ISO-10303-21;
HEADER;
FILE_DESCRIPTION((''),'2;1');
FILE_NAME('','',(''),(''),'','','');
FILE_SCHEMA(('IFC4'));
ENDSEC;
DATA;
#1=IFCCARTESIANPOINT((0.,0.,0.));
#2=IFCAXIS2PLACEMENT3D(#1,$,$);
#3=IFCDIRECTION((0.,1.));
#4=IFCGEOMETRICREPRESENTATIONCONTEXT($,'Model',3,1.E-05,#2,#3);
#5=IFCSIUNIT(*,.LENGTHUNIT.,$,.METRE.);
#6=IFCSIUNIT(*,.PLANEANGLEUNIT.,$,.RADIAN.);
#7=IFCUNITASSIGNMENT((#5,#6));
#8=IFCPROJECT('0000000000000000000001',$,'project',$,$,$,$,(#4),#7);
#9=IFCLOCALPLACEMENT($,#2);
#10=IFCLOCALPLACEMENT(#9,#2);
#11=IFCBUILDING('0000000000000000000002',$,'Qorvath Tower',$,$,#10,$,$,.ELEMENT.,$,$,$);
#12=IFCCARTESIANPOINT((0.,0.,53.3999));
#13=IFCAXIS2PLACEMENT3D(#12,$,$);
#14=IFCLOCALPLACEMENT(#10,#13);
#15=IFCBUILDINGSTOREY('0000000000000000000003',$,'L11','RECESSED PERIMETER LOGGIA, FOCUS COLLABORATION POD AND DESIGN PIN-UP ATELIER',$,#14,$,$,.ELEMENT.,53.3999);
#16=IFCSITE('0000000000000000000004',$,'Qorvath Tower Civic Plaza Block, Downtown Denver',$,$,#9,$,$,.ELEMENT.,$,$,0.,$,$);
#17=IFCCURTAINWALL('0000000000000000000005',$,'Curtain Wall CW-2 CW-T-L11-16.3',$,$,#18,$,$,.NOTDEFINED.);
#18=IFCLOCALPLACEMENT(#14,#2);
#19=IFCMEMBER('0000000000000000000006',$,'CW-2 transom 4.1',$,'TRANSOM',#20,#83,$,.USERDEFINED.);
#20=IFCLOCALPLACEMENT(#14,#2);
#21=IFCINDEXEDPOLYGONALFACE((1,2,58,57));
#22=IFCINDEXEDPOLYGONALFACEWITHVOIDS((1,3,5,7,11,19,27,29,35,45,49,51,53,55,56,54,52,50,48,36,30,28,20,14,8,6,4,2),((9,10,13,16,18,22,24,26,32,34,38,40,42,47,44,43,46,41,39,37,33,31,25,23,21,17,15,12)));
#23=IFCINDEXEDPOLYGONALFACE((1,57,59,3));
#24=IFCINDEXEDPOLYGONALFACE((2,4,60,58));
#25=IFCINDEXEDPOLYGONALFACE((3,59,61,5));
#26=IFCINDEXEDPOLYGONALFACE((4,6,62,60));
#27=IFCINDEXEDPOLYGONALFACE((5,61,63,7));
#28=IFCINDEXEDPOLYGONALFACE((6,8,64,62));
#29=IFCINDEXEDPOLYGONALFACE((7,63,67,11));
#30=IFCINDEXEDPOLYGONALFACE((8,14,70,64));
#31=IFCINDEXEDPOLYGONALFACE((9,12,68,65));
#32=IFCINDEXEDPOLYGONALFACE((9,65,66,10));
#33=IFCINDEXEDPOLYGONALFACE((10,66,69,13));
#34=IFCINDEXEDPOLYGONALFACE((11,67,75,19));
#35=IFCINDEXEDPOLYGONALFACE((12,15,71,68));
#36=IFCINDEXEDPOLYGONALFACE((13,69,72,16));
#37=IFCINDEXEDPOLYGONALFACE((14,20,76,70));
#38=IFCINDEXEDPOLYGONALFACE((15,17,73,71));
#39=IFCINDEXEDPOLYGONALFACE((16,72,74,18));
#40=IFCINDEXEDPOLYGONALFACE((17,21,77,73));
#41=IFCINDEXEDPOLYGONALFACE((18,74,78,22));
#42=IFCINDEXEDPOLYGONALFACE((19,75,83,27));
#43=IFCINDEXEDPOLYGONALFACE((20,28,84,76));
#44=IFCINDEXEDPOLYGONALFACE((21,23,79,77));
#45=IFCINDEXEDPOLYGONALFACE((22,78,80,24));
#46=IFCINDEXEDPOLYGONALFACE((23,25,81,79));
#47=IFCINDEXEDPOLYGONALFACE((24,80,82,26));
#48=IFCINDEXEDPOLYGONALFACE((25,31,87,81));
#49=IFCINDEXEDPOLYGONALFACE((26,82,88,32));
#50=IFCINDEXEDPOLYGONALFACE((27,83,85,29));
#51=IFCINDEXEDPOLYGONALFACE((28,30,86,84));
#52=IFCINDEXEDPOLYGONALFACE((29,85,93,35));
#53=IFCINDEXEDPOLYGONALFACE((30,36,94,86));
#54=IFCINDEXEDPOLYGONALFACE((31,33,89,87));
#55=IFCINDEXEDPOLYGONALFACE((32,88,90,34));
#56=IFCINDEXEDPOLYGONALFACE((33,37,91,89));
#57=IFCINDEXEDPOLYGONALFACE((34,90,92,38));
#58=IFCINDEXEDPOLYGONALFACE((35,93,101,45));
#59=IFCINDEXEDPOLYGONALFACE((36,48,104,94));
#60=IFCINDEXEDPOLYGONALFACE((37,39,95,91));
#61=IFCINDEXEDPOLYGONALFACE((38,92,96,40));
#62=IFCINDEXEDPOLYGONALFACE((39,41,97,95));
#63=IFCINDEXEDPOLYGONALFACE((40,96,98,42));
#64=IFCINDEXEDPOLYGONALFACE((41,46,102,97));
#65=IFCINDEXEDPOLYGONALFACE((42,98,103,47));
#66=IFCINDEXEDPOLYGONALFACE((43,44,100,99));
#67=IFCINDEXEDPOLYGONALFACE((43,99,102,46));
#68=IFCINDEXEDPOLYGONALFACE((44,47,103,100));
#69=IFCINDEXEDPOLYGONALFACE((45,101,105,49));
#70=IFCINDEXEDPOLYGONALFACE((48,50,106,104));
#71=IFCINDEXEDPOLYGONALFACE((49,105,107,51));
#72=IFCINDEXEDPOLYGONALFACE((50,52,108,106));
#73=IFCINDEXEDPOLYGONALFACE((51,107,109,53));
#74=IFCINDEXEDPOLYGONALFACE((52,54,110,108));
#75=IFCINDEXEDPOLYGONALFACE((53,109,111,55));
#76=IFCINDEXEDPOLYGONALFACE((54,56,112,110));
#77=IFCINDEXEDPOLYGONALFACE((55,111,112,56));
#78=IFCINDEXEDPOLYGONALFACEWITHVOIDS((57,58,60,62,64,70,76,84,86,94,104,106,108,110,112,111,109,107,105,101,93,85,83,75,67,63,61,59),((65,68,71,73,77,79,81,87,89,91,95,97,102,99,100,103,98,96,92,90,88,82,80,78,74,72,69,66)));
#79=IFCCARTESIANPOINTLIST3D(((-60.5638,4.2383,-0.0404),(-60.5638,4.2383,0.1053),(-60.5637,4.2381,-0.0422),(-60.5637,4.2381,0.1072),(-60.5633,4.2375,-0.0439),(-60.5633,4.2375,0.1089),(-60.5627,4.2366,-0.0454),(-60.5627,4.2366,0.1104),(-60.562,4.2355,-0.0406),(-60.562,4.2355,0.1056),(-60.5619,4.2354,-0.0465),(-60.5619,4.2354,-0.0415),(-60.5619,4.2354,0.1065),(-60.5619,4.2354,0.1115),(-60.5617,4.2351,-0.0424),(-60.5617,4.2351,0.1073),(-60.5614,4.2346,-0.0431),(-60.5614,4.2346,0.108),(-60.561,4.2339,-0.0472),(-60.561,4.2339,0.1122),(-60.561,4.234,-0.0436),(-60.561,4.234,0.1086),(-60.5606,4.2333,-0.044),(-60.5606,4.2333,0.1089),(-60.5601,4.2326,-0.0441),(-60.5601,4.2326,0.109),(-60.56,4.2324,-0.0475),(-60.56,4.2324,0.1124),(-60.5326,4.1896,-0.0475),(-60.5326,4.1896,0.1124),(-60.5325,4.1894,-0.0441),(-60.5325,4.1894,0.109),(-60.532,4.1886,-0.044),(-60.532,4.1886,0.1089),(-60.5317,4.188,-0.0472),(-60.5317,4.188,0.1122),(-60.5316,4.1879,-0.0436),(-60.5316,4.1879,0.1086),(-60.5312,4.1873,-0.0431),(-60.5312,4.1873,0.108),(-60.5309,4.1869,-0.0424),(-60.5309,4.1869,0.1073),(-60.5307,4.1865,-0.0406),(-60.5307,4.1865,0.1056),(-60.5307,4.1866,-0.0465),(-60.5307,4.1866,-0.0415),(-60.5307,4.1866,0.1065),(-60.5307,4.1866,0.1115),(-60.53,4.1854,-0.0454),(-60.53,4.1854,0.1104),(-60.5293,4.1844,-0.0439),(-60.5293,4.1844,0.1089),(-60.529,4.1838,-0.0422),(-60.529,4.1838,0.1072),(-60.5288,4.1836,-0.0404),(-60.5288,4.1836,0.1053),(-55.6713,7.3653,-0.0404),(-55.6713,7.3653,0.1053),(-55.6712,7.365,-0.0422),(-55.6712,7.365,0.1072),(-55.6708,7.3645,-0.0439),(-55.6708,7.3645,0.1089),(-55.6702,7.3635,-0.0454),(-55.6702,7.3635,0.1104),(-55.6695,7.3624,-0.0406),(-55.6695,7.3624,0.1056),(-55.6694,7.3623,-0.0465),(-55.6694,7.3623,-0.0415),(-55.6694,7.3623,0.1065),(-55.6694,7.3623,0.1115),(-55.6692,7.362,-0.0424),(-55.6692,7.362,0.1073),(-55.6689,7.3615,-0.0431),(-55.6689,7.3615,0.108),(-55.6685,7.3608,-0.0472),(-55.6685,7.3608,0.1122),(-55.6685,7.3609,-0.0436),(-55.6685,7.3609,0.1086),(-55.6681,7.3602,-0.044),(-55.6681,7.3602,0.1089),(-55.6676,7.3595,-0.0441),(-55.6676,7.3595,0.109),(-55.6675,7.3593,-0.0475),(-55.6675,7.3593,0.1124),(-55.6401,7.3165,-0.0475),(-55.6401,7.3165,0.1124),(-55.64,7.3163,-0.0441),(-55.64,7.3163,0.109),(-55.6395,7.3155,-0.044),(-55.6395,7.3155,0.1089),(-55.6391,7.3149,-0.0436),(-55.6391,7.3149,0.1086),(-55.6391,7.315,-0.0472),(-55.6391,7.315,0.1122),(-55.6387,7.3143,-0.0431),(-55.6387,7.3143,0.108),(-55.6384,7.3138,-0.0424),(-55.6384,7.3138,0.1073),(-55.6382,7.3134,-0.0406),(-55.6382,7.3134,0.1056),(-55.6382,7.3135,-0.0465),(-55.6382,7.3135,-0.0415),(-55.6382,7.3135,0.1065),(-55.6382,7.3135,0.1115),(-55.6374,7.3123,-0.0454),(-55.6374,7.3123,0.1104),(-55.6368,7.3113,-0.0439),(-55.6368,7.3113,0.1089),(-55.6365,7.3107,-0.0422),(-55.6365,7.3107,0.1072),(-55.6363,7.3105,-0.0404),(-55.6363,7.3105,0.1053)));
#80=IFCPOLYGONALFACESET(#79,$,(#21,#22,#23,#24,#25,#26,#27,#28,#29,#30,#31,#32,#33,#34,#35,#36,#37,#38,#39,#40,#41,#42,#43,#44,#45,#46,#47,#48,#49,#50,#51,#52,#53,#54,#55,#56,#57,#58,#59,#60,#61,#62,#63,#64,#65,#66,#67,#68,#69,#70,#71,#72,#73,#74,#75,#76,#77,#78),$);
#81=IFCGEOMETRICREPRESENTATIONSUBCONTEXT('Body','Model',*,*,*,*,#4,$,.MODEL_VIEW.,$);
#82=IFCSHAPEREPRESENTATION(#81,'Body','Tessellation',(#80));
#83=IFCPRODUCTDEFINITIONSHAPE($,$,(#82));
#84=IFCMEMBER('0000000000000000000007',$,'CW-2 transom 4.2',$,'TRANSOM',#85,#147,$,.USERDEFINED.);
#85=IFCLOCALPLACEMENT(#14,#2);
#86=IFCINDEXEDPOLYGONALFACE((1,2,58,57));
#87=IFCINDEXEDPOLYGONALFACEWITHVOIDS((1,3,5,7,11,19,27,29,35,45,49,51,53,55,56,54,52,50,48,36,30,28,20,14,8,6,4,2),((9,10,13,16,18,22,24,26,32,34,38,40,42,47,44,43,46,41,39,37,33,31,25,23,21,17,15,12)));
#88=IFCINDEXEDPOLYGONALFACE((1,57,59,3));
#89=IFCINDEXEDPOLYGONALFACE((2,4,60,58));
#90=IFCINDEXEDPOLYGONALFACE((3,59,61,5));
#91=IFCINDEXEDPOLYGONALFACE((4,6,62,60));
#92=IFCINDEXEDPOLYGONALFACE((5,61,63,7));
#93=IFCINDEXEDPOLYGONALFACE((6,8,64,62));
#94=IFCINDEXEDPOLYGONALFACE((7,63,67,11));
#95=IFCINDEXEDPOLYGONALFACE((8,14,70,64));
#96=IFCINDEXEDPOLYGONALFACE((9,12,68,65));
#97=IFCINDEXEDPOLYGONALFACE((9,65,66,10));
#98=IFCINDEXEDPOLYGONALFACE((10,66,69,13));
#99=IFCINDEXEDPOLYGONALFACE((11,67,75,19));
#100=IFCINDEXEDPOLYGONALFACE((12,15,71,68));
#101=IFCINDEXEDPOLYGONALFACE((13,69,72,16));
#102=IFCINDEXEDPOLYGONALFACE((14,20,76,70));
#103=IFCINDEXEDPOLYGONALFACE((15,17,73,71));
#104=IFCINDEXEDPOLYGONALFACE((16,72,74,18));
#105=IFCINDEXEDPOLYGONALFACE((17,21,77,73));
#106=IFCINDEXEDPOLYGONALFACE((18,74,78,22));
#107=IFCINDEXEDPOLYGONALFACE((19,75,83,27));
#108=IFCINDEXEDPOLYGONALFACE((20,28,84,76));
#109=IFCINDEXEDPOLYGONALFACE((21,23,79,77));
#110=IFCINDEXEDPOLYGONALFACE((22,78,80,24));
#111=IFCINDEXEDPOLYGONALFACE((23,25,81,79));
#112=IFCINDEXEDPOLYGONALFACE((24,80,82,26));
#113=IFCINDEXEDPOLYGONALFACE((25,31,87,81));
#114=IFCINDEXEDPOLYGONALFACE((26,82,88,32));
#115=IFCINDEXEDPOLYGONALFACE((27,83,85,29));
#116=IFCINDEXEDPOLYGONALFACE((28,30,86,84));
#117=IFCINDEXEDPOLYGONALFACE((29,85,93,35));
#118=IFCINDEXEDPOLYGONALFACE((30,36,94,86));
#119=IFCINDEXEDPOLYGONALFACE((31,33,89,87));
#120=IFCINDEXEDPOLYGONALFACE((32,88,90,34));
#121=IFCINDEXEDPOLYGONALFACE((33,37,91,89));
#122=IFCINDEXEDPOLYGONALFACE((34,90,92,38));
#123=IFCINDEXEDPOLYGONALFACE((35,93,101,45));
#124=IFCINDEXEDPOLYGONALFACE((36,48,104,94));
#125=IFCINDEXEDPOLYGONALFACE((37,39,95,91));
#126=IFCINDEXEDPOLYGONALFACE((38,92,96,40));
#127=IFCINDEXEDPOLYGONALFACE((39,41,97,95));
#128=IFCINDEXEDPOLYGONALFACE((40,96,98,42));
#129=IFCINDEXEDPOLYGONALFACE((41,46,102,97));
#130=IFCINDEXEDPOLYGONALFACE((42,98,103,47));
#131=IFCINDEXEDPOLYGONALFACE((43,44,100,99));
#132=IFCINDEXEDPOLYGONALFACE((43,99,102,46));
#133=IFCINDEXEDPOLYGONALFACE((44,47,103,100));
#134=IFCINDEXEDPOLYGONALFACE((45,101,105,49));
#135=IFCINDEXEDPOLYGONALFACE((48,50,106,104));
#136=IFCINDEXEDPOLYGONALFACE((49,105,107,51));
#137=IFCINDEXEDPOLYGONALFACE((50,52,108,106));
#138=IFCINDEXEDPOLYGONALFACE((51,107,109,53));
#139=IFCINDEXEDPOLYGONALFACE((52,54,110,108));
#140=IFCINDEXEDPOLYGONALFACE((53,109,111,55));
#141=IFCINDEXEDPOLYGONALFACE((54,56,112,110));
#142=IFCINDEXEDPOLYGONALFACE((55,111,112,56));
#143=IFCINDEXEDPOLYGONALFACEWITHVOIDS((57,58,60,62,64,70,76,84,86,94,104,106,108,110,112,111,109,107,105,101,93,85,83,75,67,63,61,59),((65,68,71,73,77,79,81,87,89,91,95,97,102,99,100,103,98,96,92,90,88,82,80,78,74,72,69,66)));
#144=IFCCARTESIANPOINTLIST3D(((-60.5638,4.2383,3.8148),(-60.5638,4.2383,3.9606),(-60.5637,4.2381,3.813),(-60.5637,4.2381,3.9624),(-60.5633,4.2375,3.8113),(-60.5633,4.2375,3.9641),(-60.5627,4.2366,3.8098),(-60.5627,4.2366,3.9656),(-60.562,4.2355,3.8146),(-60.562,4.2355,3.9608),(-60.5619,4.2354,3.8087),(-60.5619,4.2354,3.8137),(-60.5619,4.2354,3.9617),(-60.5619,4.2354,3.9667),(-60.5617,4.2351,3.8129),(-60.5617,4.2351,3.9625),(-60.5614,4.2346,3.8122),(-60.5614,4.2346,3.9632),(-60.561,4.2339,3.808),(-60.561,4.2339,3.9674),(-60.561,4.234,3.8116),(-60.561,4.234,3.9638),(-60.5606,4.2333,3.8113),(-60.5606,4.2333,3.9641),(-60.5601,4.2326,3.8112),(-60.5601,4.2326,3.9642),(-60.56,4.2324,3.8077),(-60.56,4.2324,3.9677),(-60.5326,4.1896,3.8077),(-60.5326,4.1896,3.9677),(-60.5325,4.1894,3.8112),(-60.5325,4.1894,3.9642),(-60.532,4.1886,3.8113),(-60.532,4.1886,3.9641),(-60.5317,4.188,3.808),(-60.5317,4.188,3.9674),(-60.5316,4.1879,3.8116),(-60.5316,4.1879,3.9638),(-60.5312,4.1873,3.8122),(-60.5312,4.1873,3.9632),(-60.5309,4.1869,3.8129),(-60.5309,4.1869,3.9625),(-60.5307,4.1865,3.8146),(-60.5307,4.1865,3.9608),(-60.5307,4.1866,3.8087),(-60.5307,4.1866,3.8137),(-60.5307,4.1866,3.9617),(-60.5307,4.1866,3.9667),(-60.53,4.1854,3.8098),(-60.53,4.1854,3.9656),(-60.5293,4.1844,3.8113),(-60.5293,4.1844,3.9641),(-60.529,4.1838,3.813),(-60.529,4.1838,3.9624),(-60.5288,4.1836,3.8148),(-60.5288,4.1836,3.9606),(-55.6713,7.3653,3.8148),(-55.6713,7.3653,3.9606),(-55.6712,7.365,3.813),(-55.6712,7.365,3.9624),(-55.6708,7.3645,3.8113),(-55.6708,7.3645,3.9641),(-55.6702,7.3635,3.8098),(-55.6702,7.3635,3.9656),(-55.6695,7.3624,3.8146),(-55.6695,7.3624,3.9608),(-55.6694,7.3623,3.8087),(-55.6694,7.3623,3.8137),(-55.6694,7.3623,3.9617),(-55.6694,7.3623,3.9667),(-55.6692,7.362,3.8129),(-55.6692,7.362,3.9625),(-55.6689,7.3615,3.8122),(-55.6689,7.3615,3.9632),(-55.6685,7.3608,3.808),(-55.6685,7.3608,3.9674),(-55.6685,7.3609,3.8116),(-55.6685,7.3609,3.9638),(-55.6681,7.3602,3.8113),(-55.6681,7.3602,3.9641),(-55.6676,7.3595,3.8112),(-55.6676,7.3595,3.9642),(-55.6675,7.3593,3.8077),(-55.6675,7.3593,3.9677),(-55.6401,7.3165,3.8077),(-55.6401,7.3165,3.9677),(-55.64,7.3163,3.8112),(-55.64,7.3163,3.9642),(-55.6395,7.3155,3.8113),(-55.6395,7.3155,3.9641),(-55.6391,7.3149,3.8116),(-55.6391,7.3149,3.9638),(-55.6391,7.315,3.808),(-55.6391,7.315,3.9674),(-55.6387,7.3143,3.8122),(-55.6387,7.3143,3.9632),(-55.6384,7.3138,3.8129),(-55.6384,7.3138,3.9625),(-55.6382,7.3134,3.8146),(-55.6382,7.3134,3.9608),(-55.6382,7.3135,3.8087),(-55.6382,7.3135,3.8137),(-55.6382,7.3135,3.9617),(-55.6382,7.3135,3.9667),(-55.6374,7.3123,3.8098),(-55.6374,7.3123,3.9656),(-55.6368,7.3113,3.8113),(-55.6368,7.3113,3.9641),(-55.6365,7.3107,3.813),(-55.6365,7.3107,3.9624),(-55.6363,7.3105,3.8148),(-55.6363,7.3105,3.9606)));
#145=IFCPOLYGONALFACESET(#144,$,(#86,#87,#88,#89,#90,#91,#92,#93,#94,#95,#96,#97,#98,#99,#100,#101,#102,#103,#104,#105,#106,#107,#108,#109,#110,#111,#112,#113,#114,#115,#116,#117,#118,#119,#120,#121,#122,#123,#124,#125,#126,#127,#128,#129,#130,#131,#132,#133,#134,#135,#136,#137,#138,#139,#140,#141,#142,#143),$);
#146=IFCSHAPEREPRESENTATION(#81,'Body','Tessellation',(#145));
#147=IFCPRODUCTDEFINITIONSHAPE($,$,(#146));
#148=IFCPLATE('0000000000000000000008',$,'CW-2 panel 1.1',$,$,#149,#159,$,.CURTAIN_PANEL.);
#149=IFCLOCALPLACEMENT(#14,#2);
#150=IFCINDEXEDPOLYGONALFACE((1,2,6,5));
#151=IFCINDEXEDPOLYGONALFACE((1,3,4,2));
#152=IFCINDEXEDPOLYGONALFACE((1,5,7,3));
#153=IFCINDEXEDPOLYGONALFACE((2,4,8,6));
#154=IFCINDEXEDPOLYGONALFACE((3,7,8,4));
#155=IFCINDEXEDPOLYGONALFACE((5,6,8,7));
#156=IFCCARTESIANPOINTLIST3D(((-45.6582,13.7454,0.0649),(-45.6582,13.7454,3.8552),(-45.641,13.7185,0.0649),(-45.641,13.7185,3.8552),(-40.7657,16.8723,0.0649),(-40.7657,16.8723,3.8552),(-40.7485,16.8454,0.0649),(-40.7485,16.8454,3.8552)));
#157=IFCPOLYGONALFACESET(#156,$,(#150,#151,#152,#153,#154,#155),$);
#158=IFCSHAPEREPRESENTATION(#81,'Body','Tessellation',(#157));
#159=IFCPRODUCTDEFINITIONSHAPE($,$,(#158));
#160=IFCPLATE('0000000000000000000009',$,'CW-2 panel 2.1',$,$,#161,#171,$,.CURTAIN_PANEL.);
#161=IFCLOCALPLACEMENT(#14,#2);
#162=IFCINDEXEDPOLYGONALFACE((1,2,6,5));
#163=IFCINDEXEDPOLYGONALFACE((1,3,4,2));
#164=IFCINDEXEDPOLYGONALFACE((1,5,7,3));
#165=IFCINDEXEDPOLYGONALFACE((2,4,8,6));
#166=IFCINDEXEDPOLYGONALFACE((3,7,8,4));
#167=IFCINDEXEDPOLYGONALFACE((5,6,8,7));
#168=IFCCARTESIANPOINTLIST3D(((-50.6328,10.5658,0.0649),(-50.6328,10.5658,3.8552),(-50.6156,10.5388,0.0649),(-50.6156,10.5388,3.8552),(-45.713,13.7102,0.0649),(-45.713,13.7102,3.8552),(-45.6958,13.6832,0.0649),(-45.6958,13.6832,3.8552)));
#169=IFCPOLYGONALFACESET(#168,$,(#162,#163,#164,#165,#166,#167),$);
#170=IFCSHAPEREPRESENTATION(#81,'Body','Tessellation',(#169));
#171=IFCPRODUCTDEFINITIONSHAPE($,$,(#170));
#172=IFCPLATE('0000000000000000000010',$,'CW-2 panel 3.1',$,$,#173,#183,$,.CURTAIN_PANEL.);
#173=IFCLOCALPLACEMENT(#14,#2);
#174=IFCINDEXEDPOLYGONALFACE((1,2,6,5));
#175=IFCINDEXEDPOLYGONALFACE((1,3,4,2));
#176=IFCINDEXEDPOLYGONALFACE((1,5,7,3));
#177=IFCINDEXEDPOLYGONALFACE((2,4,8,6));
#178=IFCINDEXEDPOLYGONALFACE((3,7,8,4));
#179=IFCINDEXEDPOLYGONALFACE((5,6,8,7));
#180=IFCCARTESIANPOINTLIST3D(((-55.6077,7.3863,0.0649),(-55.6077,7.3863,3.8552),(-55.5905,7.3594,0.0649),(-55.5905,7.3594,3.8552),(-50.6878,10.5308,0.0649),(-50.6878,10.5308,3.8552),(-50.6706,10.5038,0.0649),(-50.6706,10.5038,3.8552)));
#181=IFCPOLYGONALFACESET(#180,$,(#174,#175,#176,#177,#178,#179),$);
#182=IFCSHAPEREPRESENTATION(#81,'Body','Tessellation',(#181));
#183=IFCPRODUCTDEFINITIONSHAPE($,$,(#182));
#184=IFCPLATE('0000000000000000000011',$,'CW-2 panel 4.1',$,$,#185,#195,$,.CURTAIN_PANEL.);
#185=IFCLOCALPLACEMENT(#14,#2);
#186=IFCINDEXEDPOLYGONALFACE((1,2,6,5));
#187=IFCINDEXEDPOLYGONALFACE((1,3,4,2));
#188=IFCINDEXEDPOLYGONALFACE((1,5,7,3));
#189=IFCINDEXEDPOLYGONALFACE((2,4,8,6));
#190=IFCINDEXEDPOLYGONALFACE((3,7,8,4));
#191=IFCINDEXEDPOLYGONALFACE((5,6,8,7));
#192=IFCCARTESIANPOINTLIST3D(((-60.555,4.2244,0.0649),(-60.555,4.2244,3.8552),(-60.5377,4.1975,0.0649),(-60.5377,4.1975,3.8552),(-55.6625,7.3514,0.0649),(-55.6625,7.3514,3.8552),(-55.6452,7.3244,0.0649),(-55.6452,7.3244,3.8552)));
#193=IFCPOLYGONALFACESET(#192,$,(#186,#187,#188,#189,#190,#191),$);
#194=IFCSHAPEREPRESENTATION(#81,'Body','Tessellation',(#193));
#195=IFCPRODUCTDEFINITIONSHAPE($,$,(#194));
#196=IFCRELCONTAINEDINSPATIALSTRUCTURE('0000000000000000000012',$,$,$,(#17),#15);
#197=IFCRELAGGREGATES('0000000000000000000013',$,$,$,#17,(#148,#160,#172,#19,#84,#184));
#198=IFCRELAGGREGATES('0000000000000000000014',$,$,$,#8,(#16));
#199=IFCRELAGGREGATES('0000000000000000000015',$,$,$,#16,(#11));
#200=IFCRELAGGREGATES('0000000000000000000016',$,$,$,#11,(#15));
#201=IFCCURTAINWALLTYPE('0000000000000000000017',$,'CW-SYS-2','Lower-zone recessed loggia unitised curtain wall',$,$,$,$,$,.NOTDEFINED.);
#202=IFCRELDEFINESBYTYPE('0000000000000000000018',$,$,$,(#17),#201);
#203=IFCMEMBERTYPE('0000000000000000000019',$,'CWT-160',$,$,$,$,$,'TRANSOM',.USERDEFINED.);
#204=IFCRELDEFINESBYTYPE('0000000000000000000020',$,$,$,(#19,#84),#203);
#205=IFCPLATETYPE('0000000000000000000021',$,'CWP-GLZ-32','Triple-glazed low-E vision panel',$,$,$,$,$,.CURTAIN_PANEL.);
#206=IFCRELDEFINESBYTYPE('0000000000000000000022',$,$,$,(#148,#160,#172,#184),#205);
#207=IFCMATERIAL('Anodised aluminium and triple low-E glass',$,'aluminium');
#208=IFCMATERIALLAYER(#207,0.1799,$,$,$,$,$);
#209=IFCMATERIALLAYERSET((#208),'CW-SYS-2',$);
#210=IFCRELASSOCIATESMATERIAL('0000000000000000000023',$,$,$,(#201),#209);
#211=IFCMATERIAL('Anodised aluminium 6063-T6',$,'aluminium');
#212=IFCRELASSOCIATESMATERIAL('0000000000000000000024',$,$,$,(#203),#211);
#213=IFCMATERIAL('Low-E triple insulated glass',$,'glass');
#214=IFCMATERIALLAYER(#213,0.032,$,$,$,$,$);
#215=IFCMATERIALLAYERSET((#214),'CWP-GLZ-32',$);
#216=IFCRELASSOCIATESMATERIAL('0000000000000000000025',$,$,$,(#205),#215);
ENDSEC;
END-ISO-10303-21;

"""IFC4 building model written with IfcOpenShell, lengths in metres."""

from ifc_helpers import new_model, si_unit, direction, frame, origin, origin_2d, place, context, subcontext, project, spatial, rectangle, hollow_rectangle, extrude, material, layer, layer_set, material_profile, profile_set, type_object, element, aggregate, save


model = new_model("IFC4")

# Units and contexts
model_context = context("Model", 3, precision=1e-05, world=origin(), true_north=direction((0.0, 1.0)))
body_context = subcontext(model_context, "Body", "Model", "MODEL_VIEW")
ifc_project = project(units=[si_unit("LENGTHUNIT", "METRE"), si_unit("PLANEANGLEUNIT", "RADIAN")], contexts=[model_context])

# Site, building, storey
site_placement = place(None, origin())
site = spatial("IfcSite", under=ifc_project, at=site_placement, Name="Qorvath Tower Civic Plaza Block, Downtown Denver", CompositionType="ELEMENT", RefElevation=0.0)
building_placement = place(site_placement, origin())
building = spatial("IfcBuilding", under=site, at=building_placement, Name="Qorvath Tower", CompositionType="ELEMENT")
storey_placement = place(building_placement, frame((0.0, 0.0, 53.3999)))
storey = spatial("IfcBuildingStorey", under=building, at=storey_placement, Name="L11", Description="RECESSED PERIMETER LOGGIA, FOCUS COLLABORATION POD AND DESIGN PIN-UP ATELIER", CompositionType="ELEMENT", Elevation=53.3999)

# Curtain wall, members, plates
ifc_material_1 = material(Name="Anodised aluminium and triple low-E glass", Category="aluminium")
ifc_layer_1 = layer(ifc_material_1, 0.1799)
ifc_layer_set_1 = layer_set([ifc_layer_1], Name="CW-SYS-2")
curtain_wall_type = type_object("IfcCurtainWallType", Name="CW-SYS-2", Description="Lower-zone recessed loggia unitised curtain wall", PredefinedType="NOTDEFINED", material=ifc_layer_set_1)
curtain_wall_placement = place(storey_placement, origin())
curtain_wall = element("IfcCurtainWall", 1, at=curtain_wall_placement, inside=storey, type_object=curtain_wall_type, Name="Curtain Wall CW-2 CW-T-L11-16.3", PredefinedType="NOTDEFINED")
ifc_material_2 = material(Name="Anodised aluminium 6063-T6", Category="aluminium")
ifc_material_profile_1 = material_profile(ifc_material_2, hollow_rectangle(XDim=0.0649, YDim=0.1599, WallThickness=0.0034, InnerFilletRadius=0.0034, OuterFilletRadius=0.0071, at=origin_2d()), Name="CWT 160x65")
ifc_profile_set_1 = profile_set([ifc_material_profile_1], Name="Anodised aluminium 6063-T6")
member_type_1 = type_object("IfcMemberType", Name="CWT-160", ElementType="TRANSOM", PredefinedType="USERDEFINED", material=ifc_profile_set_1)
member_1_placement = place(storey_placement, frame((-55.6538, 7.3379, 0.0325), z_axis=(-0.842607, -0.538529, 0.0), x_axis=(0.538529, -0.842607, 0.0)))
member_1 = element("IfcMember", 2, at=member_1_placement, type_object=member_type_1, Name="CW-2 transom 4.1", ObjectType="TRANSOM", PredefinedType="USERDEFINED", context=body_context, shape_type="SweptSolid", body=[
    extrude(hollow_rectangle(XDim=0.0649, YDim=0.1599, WallThickness=0.0034, InnerFilletRadius=0.0034, OuterFilletRadius=0.0071, at=origin_2d()), origin(), (0.0, 0.0, 1.0), 5.8064),
])
member_2_placement = place(storey_placement, frame((-55.6538, 7.3379, 3.8877), z_axis=(-0.842607, -0.538529, 0.0), x_axis=(0.538529, -0.842607, 0.0)))
member_2 = element("IfcMember", 3, at=member_2_placement, type_object=member_type_1, Name="CW-2 transom 4.2", ObjectType="TRANSOM", PredefinedType="USERDEFINED", context=body_context, shape_type="SweptSolid", body=[
    extrude(hollow_rectangle(XDim=0.0649, YDim=0.1599, WallThickness=0.0034, InnerFilletRadius=0.0034, OuterFilletRadius=0.0071, at=origin_2d()), origin(), (0.0, 0.0, 1.0), 5.8064),
])
ifc_material_3 = material(Name="Low-E triple insulated glass", Category="glass")
ifc_layer_2 = layer(ifc_material_3, 0.032)
ifc_layer_set_2 = layer_set([ifc_layer_2], Name="CWP-GLZ-32")
plate_type = type_object("IfcPlateType", Name="CWP-GLZ-32", Description="Triple-glazed low-E vision panel", PredefinedType="CURTAIN_PANEL", material=ifc_layer_set_2)
plate_1_placement = place(storey_placement, frame((-43.2034, 15.2954, 0.0649), z_axis=(0.0, 0.0, 1.0), x_axis=(-0.842605, -0.538532, 0.0)))
plate_1 = element("IfcPlate", 4, at=plate_1_placement, type_object=plate_type, Name="CW-2 panel 1.1", PredefinedType="CURTAIN_PANEL", context=body_context, shape_type="SweptSolid", body=[
    extrude(rectangle(XDim=5.8064, YDim=0.032, at=origin_2d()), origin(), (0.0, 0.0, 1.0), 3.7903),
])
plate_2_placement = place(storey_placement, frame((-48.1643, 12.1245, 0.0649), z_axis=(0.0, 0.0, 1.0), x_axis=(-0.842605, -0.538532, 0.0)))
plate_2 = element("IfcPlate", 5, at=plate_2_placement, type_object=plate_type, Name="CW-2 panel 2.1", PredefinedType="CURTAIN_PANEL", context=body_context, shape_type="SweptSolid", body=[
    extrude(rectangle(XDim=5.8389, YDim=0.032, at=origin_2d()), origin(), (0.0, 0.0, 1.0), 3.7903),
])
plate_3_placement = place(storey_placement, frame((-53.1392, 8.9451, 0.0649), z_axis=(0.0, 0.0, 1.0), x_axis=(-0.842605, -0.538532, 0.0)))
plate_3 = element("IfcPlate", 6, at=plate_3_placement, type_object=plate_type, Name="CW-2 panel 3.1", PredefinedType="CURTAIN_PANEL", context=body_context, shape_type="SweptSolid", body=[
    extrude(rectangle(XDim=5.8389, YDim=0.032, at=origin_2d()), origin(), (0.0, 0.0, 1.0), 3.7903),
])
plate_4_placement = place(storey_placement, frame((-58.1001, 5.7744, 0.0649), z_axis=(0.0, 0.0, 1.0), x_axis=(-0.842605, -0.538532, 0.0)))
plate_4 = element("IfcPlate", 7, at=plate_4_placement, type_object=plate_type, Name="CW-2 panel 4.1", PredefinedType="CURTAIN_PANEL", context=body_context, shape_type="SweptSolid", body=[
    extrude(rectangle(XDim=5.8064, YDim=0.032, at=origin_2d()), origin(), (0.0, 0.0, 1.0), 3.7903),
])
aggregate(curtain_wall, [plate_1, plate_2, plate_3, member_1, member_2, plate_4])

save(model, "model.ifc")
